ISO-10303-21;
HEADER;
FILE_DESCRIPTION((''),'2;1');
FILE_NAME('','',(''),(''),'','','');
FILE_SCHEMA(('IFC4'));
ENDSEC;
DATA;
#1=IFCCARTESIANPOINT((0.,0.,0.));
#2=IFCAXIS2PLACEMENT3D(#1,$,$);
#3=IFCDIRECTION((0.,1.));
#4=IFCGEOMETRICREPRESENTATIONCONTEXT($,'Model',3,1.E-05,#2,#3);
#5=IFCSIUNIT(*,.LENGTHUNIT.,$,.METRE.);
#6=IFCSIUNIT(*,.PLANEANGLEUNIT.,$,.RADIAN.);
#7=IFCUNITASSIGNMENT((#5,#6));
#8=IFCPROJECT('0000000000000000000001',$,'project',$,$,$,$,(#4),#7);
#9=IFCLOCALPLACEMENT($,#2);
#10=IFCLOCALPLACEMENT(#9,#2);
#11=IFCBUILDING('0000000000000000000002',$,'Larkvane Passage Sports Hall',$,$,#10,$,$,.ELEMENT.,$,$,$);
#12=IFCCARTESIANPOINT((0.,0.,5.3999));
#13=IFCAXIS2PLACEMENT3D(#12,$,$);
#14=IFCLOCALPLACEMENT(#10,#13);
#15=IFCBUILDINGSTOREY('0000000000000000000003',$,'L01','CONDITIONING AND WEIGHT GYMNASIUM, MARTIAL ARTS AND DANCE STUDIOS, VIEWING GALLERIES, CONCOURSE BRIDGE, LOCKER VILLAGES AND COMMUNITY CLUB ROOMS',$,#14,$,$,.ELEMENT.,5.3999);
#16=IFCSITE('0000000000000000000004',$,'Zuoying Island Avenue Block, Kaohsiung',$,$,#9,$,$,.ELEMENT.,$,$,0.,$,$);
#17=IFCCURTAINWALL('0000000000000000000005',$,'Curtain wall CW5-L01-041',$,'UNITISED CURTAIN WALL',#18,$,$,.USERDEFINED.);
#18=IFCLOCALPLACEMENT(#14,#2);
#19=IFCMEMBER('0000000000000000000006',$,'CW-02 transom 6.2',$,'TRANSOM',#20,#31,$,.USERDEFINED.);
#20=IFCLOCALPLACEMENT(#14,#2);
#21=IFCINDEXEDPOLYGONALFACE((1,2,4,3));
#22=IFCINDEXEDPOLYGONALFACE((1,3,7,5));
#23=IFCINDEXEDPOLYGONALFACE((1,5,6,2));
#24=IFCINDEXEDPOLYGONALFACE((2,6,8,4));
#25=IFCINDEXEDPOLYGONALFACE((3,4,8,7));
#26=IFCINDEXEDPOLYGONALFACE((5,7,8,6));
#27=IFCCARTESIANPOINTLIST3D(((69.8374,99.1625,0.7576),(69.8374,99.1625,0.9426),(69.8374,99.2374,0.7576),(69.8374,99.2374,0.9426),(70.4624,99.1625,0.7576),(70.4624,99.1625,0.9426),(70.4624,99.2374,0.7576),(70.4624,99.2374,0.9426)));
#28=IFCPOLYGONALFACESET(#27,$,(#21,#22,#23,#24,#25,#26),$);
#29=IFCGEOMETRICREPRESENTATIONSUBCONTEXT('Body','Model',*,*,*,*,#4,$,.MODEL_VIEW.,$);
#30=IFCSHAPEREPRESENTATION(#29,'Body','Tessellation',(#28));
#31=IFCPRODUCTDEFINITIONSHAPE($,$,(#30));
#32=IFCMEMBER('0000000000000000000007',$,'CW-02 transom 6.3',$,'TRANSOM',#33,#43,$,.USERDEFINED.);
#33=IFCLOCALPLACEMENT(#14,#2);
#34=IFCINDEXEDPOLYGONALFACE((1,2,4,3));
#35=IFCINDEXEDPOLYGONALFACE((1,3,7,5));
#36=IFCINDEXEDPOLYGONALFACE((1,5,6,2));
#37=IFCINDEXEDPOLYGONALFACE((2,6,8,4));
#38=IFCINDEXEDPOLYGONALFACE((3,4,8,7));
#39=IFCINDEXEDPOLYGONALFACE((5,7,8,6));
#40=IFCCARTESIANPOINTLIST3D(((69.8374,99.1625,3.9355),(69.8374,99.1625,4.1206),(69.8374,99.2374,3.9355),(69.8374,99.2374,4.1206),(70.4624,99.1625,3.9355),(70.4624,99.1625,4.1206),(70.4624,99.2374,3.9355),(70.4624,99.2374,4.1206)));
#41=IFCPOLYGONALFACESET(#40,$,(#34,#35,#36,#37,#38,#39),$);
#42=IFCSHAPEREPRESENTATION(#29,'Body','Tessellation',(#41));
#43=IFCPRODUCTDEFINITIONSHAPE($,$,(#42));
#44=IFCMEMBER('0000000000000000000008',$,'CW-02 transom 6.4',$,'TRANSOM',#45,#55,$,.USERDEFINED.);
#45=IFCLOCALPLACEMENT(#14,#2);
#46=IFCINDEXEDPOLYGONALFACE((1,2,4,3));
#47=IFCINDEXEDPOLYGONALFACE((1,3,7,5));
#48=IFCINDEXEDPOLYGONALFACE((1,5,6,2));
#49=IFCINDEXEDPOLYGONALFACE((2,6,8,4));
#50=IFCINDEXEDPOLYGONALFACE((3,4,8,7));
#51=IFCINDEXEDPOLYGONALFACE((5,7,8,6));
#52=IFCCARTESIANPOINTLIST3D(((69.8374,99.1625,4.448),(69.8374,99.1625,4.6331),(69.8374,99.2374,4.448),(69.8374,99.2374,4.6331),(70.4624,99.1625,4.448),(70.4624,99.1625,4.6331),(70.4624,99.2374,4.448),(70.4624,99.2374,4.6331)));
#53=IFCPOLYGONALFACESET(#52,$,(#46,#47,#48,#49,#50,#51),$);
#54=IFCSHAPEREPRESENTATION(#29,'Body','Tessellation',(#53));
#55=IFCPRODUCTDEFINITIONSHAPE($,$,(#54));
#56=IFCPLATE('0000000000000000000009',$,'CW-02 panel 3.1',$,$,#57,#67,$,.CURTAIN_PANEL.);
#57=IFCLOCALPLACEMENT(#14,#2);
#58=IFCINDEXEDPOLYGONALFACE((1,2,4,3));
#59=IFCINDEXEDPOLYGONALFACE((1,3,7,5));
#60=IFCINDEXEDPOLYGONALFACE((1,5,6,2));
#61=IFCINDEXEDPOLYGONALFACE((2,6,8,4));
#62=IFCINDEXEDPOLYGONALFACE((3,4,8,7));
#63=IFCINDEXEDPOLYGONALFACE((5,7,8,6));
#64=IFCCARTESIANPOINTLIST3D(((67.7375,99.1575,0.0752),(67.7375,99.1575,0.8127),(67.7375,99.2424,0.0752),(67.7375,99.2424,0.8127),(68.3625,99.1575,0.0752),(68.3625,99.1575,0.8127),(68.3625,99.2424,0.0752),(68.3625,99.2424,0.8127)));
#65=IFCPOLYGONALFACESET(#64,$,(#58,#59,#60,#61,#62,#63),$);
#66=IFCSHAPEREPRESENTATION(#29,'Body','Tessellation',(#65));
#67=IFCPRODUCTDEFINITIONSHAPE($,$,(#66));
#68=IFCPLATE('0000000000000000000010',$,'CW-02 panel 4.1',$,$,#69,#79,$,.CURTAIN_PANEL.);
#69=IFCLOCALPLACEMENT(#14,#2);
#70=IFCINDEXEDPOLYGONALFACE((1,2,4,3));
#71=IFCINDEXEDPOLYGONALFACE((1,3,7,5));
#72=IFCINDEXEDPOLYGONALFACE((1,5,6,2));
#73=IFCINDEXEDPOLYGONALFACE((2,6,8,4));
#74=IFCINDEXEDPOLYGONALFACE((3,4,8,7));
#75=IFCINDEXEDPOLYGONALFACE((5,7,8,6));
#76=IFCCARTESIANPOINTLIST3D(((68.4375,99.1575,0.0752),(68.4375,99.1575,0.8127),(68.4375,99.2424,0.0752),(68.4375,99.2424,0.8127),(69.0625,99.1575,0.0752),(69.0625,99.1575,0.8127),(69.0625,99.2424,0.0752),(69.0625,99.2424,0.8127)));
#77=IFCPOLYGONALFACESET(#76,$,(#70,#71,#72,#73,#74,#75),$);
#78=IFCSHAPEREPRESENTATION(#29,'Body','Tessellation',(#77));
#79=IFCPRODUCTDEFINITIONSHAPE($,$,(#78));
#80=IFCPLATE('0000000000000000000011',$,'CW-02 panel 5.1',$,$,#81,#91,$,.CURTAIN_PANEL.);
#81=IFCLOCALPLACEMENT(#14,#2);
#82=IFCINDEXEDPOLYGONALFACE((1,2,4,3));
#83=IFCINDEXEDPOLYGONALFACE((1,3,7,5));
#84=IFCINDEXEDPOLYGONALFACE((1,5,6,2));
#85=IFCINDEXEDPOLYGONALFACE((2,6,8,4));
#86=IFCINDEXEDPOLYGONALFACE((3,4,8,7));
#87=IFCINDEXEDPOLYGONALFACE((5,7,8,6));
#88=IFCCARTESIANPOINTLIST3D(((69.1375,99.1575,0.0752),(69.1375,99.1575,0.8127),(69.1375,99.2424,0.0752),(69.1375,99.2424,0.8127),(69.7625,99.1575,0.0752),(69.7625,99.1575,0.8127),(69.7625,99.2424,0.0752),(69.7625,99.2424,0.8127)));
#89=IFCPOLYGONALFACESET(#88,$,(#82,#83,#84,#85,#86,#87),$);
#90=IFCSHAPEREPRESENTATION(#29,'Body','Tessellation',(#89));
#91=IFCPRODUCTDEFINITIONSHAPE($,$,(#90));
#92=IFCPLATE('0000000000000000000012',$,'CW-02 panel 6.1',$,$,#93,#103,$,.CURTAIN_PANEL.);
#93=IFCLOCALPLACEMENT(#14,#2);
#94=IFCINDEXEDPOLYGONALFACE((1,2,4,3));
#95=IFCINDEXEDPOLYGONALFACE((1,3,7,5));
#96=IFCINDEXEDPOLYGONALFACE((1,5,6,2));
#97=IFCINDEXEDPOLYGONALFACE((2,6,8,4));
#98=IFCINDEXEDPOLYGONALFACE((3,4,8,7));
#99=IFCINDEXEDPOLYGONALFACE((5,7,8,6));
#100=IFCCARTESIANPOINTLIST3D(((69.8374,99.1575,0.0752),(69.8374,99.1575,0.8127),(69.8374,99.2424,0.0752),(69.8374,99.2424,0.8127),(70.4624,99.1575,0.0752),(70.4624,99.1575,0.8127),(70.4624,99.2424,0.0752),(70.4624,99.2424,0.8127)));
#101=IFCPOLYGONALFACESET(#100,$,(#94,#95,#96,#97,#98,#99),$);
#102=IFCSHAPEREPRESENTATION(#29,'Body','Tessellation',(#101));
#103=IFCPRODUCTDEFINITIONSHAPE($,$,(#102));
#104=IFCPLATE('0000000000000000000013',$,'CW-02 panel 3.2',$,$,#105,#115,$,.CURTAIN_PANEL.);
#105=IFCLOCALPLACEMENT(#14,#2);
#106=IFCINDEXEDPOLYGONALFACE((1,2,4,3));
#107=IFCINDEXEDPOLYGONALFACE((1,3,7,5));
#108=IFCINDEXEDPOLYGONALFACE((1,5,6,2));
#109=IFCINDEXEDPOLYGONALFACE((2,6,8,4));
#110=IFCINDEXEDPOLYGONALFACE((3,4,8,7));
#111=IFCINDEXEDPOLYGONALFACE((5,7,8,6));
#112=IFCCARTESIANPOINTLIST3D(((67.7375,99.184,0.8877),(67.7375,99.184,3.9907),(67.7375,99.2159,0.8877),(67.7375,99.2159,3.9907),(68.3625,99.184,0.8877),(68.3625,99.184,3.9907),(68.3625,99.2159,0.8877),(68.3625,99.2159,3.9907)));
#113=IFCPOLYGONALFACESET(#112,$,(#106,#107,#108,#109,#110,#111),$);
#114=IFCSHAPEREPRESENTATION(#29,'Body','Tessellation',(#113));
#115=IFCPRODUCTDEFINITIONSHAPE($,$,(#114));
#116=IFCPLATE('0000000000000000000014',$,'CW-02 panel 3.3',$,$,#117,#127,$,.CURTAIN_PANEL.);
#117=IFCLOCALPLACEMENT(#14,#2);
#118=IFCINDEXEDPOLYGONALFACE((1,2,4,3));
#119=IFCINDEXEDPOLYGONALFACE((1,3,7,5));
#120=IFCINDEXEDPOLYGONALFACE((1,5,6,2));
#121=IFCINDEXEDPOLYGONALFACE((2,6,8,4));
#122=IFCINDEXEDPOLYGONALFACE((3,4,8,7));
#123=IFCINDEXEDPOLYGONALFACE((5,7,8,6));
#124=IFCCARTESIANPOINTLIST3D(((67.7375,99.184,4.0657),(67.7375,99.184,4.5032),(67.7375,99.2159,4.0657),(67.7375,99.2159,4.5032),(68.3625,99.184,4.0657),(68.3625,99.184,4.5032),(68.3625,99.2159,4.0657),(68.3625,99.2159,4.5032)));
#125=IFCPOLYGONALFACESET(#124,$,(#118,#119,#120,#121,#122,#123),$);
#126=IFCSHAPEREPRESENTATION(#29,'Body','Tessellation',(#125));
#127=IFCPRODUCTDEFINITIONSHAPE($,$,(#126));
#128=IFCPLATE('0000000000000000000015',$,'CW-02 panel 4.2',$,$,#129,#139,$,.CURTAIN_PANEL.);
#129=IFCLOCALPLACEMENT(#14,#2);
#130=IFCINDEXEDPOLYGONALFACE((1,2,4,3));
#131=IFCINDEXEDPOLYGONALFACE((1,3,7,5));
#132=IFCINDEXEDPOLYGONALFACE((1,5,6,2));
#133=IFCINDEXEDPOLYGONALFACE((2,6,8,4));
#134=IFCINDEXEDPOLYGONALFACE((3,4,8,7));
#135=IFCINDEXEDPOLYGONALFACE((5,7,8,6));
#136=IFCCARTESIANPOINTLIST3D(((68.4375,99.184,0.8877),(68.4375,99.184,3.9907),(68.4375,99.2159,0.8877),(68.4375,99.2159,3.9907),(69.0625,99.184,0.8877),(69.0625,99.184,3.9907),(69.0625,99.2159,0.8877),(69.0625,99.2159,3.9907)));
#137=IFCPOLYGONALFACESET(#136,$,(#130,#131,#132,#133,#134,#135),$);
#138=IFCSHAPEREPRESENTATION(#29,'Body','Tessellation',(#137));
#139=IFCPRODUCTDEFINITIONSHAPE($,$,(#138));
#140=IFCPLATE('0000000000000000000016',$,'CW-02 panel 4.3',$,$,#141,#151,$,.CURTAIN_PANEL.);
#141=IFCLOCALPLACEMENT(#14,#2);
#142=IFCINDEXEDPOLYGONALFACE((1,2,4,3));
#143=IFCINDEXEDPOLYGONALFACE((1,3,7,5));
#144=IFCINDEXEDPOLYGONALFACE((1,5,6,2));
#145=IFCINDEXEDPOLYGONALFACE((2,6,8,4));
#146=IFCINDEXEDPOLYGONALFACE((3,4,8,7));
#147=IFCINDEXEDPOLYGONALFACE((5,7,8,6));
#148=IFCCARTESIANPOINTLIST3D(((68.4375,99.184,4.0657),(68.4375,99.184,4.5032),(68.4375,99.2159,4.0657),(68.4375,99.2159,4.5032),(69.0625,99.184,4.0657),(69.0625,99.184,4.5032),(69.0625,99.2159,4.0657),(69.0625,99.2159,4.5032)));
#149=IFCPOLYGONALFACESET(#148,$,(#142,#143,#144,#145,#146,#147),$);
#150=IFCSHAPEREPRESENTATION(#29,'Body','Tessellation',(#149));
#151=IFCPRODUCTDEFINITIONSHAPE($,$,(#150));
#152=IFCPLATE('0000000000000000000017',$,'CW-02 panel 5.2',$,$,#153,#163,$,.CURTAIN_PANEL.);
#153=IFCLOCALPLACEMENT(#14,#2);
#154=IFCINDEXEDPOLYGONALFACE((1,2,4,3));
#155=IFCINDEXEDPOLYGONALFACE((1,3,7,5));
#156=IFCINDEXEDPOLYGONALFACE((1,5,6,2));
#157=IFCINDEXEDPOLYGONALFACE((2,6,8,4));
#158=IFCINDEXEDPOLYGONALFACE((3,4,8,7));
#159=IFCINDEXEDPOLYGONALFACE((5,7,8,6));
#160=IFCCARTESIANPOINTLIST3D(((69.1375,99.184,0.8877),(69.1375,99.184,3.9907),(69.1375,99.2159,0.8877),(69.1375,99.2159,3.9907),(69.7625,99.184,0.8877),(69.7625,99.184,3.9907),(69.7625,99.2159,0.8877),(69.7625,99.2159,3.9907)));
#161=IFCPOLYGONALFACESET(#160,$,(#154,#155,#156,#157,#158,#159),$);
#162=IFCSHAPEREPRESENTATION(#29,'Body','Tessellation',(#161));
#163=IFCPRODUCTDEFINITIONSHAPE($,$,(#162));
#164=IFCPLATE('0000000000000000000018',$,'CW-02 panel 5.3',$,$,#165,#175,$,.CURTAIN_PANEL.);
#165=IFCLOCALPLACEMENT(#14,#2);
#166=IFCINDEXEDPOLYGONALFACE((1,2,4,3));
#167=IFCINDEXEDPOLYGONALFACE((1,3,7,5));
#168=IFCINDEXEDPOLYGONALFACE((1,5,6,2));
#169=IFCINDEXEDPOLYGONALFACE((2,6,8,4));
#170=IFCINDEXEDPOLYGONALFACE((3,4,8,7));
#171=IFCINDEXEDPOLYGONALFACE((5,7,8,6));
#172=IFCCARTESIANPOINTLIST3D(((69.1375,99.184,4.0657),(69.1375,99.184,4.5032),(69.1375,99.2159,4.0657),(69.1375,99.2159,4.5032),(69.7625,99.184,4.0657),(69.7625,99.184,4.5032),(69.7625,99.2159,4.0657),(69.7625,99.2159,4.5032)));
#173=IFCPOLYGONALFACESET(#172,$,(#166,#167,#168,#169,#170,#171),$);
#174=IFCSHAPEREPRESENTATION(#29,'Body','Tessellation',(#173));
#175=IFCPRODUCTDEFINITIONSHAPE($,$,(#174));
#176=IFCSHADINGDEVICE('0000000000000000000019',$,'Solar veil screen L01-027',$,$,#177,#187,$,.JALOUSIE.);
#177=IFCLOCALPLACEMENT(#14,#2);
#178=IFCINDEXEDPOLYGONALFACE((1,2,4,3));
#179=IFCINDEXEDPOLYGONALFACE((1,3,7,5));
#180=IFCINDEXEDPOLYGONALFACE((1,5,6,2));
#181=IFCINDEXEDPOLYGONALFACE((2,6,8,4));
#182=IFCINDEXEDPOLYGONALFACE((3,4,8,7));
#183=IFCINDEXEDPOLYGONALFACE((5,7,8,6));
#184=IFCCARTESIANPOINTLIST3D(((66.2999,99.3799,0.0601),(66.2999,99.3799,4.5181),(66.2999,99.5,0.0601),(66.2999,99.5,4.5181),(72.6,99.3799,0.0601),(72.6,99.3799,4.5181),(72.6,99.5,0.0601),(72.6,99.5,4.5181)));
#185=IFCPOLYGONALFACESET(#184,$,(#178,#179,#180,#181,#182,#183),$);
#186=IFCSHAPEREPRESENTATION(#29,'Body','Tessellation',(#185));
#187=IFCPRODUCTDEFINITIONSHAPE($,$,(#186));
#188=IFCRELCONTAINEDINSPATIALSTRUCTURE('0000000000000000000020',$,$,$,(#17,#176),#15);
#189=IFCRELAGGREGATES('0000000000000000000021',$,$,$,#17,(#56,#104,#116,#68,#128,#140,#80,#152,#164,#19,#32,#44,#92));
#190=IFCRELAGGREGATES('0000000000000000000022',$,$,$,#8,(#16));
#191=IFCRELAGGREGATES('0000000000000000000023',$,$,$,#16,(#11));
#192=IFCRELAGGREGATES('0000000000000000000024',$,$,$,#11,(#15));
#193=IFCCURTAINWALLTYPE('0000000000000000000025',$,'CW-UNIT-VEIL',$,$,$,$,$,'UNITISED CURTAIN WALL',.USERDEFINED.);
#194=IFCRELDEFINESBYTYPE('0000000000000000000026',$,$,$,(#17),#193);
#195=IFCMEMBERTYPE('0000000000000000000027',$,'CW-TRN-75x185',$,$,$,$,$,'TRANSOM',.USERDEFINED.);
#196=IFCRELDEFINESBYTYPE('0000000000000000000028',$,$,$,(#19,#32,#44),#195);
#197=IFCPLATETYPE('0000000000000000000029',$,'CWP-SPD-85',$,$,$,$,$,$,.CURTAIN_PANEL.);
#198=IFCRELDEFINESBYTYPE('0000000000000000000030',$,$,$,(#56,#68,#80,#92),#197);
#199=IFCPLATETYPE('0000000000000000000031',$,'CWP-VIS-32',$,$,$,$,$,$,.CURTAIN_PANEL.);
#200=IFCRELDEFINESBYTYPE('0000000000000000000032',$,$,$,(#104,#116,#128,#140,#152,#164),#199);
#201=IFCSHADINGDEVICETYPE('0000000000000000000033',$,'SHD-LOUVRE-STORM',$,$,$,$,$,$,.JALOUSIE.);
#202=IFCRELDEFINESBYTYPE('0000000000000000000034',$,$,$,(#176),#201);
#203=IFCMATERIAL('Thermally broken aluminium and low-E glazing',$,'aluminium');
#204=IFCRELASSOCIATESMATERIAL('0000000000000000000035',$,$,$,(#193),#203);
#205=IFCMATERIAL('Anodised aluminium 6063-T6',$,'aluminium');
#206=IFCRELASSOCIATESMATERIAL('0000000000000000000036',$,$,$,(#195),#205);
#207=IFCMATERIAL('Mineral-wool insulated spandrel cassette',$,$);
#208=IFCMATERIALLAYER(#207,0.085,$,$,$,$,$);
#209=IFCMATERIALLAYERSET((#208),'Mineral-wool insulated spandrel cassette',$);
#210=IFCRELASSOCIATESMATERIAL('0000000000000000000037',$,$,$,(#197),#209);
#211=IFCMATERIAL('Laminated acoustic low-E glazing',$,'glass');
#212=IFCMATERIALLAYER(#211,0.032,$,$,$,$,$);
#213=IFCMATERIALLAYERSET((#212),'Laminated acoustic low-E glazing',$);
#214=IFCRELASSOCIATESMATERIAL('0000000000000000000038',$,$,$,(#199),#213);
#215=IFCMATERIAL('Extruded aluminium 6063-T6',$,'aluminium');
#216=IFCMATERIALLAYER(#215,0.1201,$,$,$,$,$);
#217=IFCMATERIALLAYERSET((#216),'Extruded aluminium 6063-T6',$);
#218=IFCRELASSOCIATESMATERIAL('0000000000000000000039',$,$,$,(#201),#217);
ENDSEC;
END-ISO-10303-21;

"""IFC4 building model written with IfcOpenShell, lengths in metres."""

from ifc_helpers import new_model, si_unit, direction, frame, origin, origin_2d, place, context, subcontext, project, spatial, rectangle, extrude, material, layer, layer_set, material_profile, profile_set, type_object, element, aggregate, save


model = new_model("IFC4")

# Units and contexts
model_context = context("Model", 3, precision=1e-05, world=origin(), true_north=direction((0.0, 1.0)))
body_context = subcontext(model_context, "Body", "Model", "MODEL_VIEW")
ifc_project = project(units=[si_unit("LENGTHUNIT", "METRE"), si_unit("PLANEANGLEUNIT", "RADIAN")], contexts=[model_context])

# Site, building, storey
site_placement = place(None, origin())
site = spatial("IfcSite", under=ifc_project, at=site_placement, Name="Zuoying Island Avenue Block, Kaohsiung", CompositionType="ELEMENT", RefElevation=0.0)
building_placement = place(site_placement, origin())
building = spatial("IfcBuilding", under=site, at=building_placement, Name="Larkvane Passage Sports Hall", CompositionType="ELEMENT")
storey_placement = place(building_placement, frame((0.0, 0.0, 5.3999)))
storey = spatial("IfcBuildingStorey", under=building, at=storey_placement, Name="L01", Description="CONDITIONING AND WEIGHT GYMNASIUM, MARTIAL ARTS AND DANCE STUDIOS, VIEWING GALLERIES, CONCOURSE BRIDGE, LOCKER VILLAGES AND COMMUNITY CLUB ROOMS", CompositionType="ELEMENT", Elevation=5.3999)

# Curtain wall, members, plates
ifc_material_1 = material(Name="Thermally broken aluminium and low-E glazing", Category="aluminium")
curtain_wall_type = type_object("IfcCurtainWallType", Name="CW-UNIT-VEIL", ElementType="UNITISED CURTAIN WALL", PredefinedType="USERDEFINED", material=ifc_material_1)
curtain_wall_placement = place(storey_placement, origin())
curtain_wall = element("IfcCurtainWall", 1, at=curtain_wall_placement, inside=storey, type_object=curtain_wall_type, Name="Curtain wall CW5-L01-041", ObjectType="UNITISED CURTAIN WALL", PredefinedType="USERDEFINED")
ifc_material_2 = material(Name="Anodised aluminium 6063-T6", Category="aluminium")
ifc_material_profile_1 = material_profile(ifc_material_2, rectangle(XDim=0.075, YDim=0.1851, at=origin_2d()), Name="ALU-TRN-75x185")
ifc_profile_set_1 = profile_set([ifc_material_profile_1], Name="Anodised aluminium 6063-T6")
member_type_1 = type_object("IfcMemberType", Name="CW-TRN-75x185", ElementType="TRANSOM", PredefinedType="USERDEFINED", material=ifc_profile_set_1)
member_1_placement = place(storey_placement, frame((69.8374, 99.2, 0.8501), z_axis=(1.0, 0.0, 0.0), x_axis=(0.0, 1.0, 0.0)))
member_1 = element("IfcMember", 2, at=member_1_placement, type_object=member_type_1, Name="CW-02 transom 6.2", ObjectType="TRANSOM", PredefinedType="USERDEFINED", context=body_context, shape_type="SweptSolid", body=[
    extrude(rectangle(XDim=0.075, YDim=0.1851, at=origin_2d()), origin(), (0.0, 0.0, 1.0), 0.625),
])
member_2_placement = place(storey_placement, frame((69.8374, 99.2, 4.0281), z_axis=(1.0, 0.0, 0.0), x_axis=(0.0, 1.0, 0.0)))
member_2 = element("IfcMember", 3, at=member_2_placement, type_object=member_type_1, Name="CW-02 transom 6.3", ObjectType="TRANSOM", PredefinedType="USERDEFINED", context=body_context, shape_type="SweptSolid", body=[
    extrude(rectangle(XDim=0.075, YDim=0.1851, at=origin_2d()), origin(), (0.0, 0.0, 1.0), 0.625),
])
member_3_placement = place(storey_placement, frame((69.8374, 99.2, 4.5405), z_axis=(1.0, 0.0, 0.0), x_axis=(0.0, 1.0, 0.0)))
member_3 = element("IfcMember", 4, at=member_3_placement, type_object=member_type_1, Name="CW-02 transom 6.4", ObjectType="TRANSOM", PredefinedType="USERDEFINED", context=body_context, shape_type="SweptSolid", body=[
    extrude(rectangle(XDim=0.075, YDim=0.1851, at=origin_2d()), origin(), (0.0, 0.0, 1.0), 0.625),
])
ifc_material_3 = material(Name="Mineral-wool insulated spandrel cassette")
ifc_layer_1 = layer(ifc_material_3, 0.085)
ifc_layer_set_1 = layer_set([ifc_layer_1], Name="Mineral-wool insulated spandrel cassette")
plate_type_1 = type_object("IfcPlateType", Name="CWP-SPD-85", PredefinedType="CURTAIN_PANEL", material=ifc_layer_set_1)
plate_1_placement = place(storey_placement, frame((68.05, 99.2, 0.0752), z_axis=(0.0, 0.0, 1.0), x_axis=(1.0, 0.0, 0.0)))
plate_1 = element("IfcPlate", 5, at=plate_1_placement, type_object=plate_type_1, Name="CW-02 panel 3.1", PredefinedType="CURTAIN_PANEL", context=body_context, shape_type="SweptSolid", body=[
    extrude(rectangle(XDim=0.625, YDim=0.085, at=origin_2d()), origin(), (0.0, 0.0, 1.0), 0.7375),
])
plate_2_placement = place(storey_placement, frame((68.75, 99.2, 0.0752), z_axis=(0.0, 0.0, 1.0), x_axis=(1.0, 0.0, 0.0)))
plate_2 = element("IfcPlate", 6, at=plate_2_placement, type_object=plate_type_1, Name="CW-02 panel 4.1", PredefinedType="CURTAIN_PANEL", context=body_context, shape_type="SweptSolid", body=[
    extrude(rectangle(XDim=0.625, YDim=0.085, at=origin_2d()), origin(), (0.0, 0.0, 1.0), 0.7375),
])
plate_3_placement = place(storey_placement, frame((69.45, 99.2, 0.0752), z_axis=(0.0, 0.0, 1.0), x_axis=(1.0, 0.0, 0.0)))
plate_3 = element("IfcPlate", 7, at=plate_3_placement, type_object=plate_type_1, Name="CW-02 panel 5.1", PredefinedType="CURTAIN_PANEL", context=body_context, shape_type="SweptSolid", body=[
    extrude(rectangle(XDim=0.625, YDim=0.085, at=origin_2d()), origin(), (0.0, 0.0, 1.0), 0.7375),
])
plate_4_placement = place(storey_placement, frame((70.1499, 99.2, 0.0752), z_axis=(0.0, 0.0, 1.0), x_axis=(1.0, 0.0, 0.0)))
plate_4 = element("IfcPlate", 8, at=plate_4_placement, type_object=plate_type_1, Name="CW-02 panel 6.1", PredefinedType="CURTAIN_PANEL", context=body_context, shape_type="SweptSolid", body=[
    extrude(rectangle(XDim=0.625, YDim=0.085, at=origin_2d()), origin(), (0.0, 0.0, 1.0), 0.7375),
])
ifc_material_4 = material(Name="Laminated acoustic low-E glazing", Category="glass")
ifc_layer_2 = layer(ifc_material_4, 0.032)
ifc_layer_set_2 = layer_set([ifc_layer_2], Name="Laminated acoustic low-E glazing")
plate_type_2 = type_object("IfcPlateType", Name="CWP-VIS-32", PredefinedType="CURTAIN_PANEL", material=ifc_layer_set_2)
plate_5_placement = place(storey_placement, frame((68.05, 99.2, 0.8877), z_axis=(0.0, 0.0, 1.0), x_axis=(1.0, 0.0, 0.0)))
plate_5 = element("IfcPlate", 9, at=plate_5_placement, type_object=plate_type_2, Name="CW-02 panel 3.2", PredefinedType="CURTAIN_PANEL", context=body_context, shape_type="SweptSolid", body=[
    extrude(rectangle(XDim=0.625, YDim=0.032, at=origin_2d()), origin(), (0.0, 0.0, 1.0), 3.103),
])
plate_6_placement = place(storey_placement, frame((68.05, 99.2, 4.0657), z_axis=(0.0, 0.0, 1.0), x_axis=(1.0, 0.0, 0.0)))
plate_6 = element("IfcPlate", 10, at=plate_6_placement, type_object=plate_type_2, Name="CW-02 panel 3.3", PredefinedType="CURTAIN_PANEL", context=body_context, shape_type="SweptSolid", body=[
    extrude(rectangle(XDim=0.625, YDim=0.032, at=origin_2d()), origin(), (0.0, 0.0, 1.0), 0.4375),
])
plate_7_placement = place(storey_placement, frame((68.75, 99.2, 0.8877), z_axis=(0.0, 0.0, 1.0), x_axis=(1.0, 0.0, 0.0)))
plate_7 = element("IfcPlate", 11, at=plate_7_placement, type_object=plate_type_2, Name="CW-02 panel 4.2", PredefinedType="CURTAIN_PANEL", context=body_context, shape_type="SweptSolid", body=[
    extrude(rectangle(XDim=0.625, YDim=0.032, at=origin_2d()), origin(), (0.0, 0.0, 1.0), 3.103),
])
plate_8_placement = place(storey_placement, frame((68.75, 99.2, 4.0657), z_axis=(0.0, 0.0, 1.0), x_axis=(1.0, 0.0, 0.0)))
plate_8 = element("IfcPlate", 12, at=plate_8_placement, type_object=plate_type_2, Name="CW-02 panel 4.3", PredefinedType="CURTAIN_PANEL", context=body_context, shape_type="SweptSolid", body=[
    extrude(rectangle(XDim=0.625, YDim=0.032, at=origin_2d()), origin(), (0.0, 0.0, 1.0), 0.4375),
])
plate_9_placement = place(storey_placement, frame((69.45, 99.2, 0.8877), z_axis=(0.0, 0.0, 1.0), x_axis=(1.0, 0.0, 0.0)))
plate_9 = element("IfcPlate", 13, at=plate_9_placement, type_object=plate_type_2, Name="CW-02 panel 5.2", PredefinedType="CURTAIN_PANEL", context=body_context, shape_type="SweptSolid", body=[
    extrude(rectangle(XDim=0.625, YDim=0.032, at=origin_2d()), origin(), (0.0, 0.0, 1.0), 3.103),
])
plate_10_placement = place(storey_placement, frame((69.45, 99.2, 4.0657), z_axis=(0.0, 0.0, 1.0), x_axis=(1.0, 0.0, 0.0)))
plate_10 = element("IfcPlate", 14, at=plate_10_placement, type_object=plate_type_2, Name="CW-02 panel 5.3", PredefinedType="CURTAIN_PANEL", context=body_context, shape_type="SweptSolid", body=[
    extrude(rectangle(XDim=0.625, YDim=0.032, at=origin_2d()), origin(), (0.0, 0.0, 1.0), 0.4375),
])
aggregate(curtain_wall, [plate_1, plate_5, plate_6, plate_2, plate_7, plate_8, plate_3, plate_9, plate_10, member_1, member_2, member_3, plate_4])

# Shading device
ifc_material_5 = material(Name="Extruded aluminium 6063-T6", Category="aluminium")
ifc_layer_3 = layer(ifc_material_5, 0.1201)
ifc_layer_set_3 = layer_set([ifc_layer_3], Name="Extruded aluminium 6063-T6")
shading_device_type = type_object("IfcShadingDeviceType", Name="SHD-LOUVRE-STORM", PredefinedType="JALOUSIE", material=ifc_layer_set_3)
shading_device_placement = place(storey_placement, frame((69.45, 99.4399, 0.0601), z_axis=(0.0, 0.0, 1.0), x_axis=(1.0, 0.0, 0.0)))
element("IfcShadingDevice", 15, at=shading_device_placement, inside=storey, type_object=shading_device_type, Name="Solar veil screen L01-027", PredefinedType="JALOUSIE", context=body_context, shape_type="SweptSolid", body=[
    extrude(rectangle(XDim=6.3, YDim=0.1201, at=origin_2d()), origin(), (0.0, 0.0, 1.0), 4.458),
])

save(model, "model.ifc")
